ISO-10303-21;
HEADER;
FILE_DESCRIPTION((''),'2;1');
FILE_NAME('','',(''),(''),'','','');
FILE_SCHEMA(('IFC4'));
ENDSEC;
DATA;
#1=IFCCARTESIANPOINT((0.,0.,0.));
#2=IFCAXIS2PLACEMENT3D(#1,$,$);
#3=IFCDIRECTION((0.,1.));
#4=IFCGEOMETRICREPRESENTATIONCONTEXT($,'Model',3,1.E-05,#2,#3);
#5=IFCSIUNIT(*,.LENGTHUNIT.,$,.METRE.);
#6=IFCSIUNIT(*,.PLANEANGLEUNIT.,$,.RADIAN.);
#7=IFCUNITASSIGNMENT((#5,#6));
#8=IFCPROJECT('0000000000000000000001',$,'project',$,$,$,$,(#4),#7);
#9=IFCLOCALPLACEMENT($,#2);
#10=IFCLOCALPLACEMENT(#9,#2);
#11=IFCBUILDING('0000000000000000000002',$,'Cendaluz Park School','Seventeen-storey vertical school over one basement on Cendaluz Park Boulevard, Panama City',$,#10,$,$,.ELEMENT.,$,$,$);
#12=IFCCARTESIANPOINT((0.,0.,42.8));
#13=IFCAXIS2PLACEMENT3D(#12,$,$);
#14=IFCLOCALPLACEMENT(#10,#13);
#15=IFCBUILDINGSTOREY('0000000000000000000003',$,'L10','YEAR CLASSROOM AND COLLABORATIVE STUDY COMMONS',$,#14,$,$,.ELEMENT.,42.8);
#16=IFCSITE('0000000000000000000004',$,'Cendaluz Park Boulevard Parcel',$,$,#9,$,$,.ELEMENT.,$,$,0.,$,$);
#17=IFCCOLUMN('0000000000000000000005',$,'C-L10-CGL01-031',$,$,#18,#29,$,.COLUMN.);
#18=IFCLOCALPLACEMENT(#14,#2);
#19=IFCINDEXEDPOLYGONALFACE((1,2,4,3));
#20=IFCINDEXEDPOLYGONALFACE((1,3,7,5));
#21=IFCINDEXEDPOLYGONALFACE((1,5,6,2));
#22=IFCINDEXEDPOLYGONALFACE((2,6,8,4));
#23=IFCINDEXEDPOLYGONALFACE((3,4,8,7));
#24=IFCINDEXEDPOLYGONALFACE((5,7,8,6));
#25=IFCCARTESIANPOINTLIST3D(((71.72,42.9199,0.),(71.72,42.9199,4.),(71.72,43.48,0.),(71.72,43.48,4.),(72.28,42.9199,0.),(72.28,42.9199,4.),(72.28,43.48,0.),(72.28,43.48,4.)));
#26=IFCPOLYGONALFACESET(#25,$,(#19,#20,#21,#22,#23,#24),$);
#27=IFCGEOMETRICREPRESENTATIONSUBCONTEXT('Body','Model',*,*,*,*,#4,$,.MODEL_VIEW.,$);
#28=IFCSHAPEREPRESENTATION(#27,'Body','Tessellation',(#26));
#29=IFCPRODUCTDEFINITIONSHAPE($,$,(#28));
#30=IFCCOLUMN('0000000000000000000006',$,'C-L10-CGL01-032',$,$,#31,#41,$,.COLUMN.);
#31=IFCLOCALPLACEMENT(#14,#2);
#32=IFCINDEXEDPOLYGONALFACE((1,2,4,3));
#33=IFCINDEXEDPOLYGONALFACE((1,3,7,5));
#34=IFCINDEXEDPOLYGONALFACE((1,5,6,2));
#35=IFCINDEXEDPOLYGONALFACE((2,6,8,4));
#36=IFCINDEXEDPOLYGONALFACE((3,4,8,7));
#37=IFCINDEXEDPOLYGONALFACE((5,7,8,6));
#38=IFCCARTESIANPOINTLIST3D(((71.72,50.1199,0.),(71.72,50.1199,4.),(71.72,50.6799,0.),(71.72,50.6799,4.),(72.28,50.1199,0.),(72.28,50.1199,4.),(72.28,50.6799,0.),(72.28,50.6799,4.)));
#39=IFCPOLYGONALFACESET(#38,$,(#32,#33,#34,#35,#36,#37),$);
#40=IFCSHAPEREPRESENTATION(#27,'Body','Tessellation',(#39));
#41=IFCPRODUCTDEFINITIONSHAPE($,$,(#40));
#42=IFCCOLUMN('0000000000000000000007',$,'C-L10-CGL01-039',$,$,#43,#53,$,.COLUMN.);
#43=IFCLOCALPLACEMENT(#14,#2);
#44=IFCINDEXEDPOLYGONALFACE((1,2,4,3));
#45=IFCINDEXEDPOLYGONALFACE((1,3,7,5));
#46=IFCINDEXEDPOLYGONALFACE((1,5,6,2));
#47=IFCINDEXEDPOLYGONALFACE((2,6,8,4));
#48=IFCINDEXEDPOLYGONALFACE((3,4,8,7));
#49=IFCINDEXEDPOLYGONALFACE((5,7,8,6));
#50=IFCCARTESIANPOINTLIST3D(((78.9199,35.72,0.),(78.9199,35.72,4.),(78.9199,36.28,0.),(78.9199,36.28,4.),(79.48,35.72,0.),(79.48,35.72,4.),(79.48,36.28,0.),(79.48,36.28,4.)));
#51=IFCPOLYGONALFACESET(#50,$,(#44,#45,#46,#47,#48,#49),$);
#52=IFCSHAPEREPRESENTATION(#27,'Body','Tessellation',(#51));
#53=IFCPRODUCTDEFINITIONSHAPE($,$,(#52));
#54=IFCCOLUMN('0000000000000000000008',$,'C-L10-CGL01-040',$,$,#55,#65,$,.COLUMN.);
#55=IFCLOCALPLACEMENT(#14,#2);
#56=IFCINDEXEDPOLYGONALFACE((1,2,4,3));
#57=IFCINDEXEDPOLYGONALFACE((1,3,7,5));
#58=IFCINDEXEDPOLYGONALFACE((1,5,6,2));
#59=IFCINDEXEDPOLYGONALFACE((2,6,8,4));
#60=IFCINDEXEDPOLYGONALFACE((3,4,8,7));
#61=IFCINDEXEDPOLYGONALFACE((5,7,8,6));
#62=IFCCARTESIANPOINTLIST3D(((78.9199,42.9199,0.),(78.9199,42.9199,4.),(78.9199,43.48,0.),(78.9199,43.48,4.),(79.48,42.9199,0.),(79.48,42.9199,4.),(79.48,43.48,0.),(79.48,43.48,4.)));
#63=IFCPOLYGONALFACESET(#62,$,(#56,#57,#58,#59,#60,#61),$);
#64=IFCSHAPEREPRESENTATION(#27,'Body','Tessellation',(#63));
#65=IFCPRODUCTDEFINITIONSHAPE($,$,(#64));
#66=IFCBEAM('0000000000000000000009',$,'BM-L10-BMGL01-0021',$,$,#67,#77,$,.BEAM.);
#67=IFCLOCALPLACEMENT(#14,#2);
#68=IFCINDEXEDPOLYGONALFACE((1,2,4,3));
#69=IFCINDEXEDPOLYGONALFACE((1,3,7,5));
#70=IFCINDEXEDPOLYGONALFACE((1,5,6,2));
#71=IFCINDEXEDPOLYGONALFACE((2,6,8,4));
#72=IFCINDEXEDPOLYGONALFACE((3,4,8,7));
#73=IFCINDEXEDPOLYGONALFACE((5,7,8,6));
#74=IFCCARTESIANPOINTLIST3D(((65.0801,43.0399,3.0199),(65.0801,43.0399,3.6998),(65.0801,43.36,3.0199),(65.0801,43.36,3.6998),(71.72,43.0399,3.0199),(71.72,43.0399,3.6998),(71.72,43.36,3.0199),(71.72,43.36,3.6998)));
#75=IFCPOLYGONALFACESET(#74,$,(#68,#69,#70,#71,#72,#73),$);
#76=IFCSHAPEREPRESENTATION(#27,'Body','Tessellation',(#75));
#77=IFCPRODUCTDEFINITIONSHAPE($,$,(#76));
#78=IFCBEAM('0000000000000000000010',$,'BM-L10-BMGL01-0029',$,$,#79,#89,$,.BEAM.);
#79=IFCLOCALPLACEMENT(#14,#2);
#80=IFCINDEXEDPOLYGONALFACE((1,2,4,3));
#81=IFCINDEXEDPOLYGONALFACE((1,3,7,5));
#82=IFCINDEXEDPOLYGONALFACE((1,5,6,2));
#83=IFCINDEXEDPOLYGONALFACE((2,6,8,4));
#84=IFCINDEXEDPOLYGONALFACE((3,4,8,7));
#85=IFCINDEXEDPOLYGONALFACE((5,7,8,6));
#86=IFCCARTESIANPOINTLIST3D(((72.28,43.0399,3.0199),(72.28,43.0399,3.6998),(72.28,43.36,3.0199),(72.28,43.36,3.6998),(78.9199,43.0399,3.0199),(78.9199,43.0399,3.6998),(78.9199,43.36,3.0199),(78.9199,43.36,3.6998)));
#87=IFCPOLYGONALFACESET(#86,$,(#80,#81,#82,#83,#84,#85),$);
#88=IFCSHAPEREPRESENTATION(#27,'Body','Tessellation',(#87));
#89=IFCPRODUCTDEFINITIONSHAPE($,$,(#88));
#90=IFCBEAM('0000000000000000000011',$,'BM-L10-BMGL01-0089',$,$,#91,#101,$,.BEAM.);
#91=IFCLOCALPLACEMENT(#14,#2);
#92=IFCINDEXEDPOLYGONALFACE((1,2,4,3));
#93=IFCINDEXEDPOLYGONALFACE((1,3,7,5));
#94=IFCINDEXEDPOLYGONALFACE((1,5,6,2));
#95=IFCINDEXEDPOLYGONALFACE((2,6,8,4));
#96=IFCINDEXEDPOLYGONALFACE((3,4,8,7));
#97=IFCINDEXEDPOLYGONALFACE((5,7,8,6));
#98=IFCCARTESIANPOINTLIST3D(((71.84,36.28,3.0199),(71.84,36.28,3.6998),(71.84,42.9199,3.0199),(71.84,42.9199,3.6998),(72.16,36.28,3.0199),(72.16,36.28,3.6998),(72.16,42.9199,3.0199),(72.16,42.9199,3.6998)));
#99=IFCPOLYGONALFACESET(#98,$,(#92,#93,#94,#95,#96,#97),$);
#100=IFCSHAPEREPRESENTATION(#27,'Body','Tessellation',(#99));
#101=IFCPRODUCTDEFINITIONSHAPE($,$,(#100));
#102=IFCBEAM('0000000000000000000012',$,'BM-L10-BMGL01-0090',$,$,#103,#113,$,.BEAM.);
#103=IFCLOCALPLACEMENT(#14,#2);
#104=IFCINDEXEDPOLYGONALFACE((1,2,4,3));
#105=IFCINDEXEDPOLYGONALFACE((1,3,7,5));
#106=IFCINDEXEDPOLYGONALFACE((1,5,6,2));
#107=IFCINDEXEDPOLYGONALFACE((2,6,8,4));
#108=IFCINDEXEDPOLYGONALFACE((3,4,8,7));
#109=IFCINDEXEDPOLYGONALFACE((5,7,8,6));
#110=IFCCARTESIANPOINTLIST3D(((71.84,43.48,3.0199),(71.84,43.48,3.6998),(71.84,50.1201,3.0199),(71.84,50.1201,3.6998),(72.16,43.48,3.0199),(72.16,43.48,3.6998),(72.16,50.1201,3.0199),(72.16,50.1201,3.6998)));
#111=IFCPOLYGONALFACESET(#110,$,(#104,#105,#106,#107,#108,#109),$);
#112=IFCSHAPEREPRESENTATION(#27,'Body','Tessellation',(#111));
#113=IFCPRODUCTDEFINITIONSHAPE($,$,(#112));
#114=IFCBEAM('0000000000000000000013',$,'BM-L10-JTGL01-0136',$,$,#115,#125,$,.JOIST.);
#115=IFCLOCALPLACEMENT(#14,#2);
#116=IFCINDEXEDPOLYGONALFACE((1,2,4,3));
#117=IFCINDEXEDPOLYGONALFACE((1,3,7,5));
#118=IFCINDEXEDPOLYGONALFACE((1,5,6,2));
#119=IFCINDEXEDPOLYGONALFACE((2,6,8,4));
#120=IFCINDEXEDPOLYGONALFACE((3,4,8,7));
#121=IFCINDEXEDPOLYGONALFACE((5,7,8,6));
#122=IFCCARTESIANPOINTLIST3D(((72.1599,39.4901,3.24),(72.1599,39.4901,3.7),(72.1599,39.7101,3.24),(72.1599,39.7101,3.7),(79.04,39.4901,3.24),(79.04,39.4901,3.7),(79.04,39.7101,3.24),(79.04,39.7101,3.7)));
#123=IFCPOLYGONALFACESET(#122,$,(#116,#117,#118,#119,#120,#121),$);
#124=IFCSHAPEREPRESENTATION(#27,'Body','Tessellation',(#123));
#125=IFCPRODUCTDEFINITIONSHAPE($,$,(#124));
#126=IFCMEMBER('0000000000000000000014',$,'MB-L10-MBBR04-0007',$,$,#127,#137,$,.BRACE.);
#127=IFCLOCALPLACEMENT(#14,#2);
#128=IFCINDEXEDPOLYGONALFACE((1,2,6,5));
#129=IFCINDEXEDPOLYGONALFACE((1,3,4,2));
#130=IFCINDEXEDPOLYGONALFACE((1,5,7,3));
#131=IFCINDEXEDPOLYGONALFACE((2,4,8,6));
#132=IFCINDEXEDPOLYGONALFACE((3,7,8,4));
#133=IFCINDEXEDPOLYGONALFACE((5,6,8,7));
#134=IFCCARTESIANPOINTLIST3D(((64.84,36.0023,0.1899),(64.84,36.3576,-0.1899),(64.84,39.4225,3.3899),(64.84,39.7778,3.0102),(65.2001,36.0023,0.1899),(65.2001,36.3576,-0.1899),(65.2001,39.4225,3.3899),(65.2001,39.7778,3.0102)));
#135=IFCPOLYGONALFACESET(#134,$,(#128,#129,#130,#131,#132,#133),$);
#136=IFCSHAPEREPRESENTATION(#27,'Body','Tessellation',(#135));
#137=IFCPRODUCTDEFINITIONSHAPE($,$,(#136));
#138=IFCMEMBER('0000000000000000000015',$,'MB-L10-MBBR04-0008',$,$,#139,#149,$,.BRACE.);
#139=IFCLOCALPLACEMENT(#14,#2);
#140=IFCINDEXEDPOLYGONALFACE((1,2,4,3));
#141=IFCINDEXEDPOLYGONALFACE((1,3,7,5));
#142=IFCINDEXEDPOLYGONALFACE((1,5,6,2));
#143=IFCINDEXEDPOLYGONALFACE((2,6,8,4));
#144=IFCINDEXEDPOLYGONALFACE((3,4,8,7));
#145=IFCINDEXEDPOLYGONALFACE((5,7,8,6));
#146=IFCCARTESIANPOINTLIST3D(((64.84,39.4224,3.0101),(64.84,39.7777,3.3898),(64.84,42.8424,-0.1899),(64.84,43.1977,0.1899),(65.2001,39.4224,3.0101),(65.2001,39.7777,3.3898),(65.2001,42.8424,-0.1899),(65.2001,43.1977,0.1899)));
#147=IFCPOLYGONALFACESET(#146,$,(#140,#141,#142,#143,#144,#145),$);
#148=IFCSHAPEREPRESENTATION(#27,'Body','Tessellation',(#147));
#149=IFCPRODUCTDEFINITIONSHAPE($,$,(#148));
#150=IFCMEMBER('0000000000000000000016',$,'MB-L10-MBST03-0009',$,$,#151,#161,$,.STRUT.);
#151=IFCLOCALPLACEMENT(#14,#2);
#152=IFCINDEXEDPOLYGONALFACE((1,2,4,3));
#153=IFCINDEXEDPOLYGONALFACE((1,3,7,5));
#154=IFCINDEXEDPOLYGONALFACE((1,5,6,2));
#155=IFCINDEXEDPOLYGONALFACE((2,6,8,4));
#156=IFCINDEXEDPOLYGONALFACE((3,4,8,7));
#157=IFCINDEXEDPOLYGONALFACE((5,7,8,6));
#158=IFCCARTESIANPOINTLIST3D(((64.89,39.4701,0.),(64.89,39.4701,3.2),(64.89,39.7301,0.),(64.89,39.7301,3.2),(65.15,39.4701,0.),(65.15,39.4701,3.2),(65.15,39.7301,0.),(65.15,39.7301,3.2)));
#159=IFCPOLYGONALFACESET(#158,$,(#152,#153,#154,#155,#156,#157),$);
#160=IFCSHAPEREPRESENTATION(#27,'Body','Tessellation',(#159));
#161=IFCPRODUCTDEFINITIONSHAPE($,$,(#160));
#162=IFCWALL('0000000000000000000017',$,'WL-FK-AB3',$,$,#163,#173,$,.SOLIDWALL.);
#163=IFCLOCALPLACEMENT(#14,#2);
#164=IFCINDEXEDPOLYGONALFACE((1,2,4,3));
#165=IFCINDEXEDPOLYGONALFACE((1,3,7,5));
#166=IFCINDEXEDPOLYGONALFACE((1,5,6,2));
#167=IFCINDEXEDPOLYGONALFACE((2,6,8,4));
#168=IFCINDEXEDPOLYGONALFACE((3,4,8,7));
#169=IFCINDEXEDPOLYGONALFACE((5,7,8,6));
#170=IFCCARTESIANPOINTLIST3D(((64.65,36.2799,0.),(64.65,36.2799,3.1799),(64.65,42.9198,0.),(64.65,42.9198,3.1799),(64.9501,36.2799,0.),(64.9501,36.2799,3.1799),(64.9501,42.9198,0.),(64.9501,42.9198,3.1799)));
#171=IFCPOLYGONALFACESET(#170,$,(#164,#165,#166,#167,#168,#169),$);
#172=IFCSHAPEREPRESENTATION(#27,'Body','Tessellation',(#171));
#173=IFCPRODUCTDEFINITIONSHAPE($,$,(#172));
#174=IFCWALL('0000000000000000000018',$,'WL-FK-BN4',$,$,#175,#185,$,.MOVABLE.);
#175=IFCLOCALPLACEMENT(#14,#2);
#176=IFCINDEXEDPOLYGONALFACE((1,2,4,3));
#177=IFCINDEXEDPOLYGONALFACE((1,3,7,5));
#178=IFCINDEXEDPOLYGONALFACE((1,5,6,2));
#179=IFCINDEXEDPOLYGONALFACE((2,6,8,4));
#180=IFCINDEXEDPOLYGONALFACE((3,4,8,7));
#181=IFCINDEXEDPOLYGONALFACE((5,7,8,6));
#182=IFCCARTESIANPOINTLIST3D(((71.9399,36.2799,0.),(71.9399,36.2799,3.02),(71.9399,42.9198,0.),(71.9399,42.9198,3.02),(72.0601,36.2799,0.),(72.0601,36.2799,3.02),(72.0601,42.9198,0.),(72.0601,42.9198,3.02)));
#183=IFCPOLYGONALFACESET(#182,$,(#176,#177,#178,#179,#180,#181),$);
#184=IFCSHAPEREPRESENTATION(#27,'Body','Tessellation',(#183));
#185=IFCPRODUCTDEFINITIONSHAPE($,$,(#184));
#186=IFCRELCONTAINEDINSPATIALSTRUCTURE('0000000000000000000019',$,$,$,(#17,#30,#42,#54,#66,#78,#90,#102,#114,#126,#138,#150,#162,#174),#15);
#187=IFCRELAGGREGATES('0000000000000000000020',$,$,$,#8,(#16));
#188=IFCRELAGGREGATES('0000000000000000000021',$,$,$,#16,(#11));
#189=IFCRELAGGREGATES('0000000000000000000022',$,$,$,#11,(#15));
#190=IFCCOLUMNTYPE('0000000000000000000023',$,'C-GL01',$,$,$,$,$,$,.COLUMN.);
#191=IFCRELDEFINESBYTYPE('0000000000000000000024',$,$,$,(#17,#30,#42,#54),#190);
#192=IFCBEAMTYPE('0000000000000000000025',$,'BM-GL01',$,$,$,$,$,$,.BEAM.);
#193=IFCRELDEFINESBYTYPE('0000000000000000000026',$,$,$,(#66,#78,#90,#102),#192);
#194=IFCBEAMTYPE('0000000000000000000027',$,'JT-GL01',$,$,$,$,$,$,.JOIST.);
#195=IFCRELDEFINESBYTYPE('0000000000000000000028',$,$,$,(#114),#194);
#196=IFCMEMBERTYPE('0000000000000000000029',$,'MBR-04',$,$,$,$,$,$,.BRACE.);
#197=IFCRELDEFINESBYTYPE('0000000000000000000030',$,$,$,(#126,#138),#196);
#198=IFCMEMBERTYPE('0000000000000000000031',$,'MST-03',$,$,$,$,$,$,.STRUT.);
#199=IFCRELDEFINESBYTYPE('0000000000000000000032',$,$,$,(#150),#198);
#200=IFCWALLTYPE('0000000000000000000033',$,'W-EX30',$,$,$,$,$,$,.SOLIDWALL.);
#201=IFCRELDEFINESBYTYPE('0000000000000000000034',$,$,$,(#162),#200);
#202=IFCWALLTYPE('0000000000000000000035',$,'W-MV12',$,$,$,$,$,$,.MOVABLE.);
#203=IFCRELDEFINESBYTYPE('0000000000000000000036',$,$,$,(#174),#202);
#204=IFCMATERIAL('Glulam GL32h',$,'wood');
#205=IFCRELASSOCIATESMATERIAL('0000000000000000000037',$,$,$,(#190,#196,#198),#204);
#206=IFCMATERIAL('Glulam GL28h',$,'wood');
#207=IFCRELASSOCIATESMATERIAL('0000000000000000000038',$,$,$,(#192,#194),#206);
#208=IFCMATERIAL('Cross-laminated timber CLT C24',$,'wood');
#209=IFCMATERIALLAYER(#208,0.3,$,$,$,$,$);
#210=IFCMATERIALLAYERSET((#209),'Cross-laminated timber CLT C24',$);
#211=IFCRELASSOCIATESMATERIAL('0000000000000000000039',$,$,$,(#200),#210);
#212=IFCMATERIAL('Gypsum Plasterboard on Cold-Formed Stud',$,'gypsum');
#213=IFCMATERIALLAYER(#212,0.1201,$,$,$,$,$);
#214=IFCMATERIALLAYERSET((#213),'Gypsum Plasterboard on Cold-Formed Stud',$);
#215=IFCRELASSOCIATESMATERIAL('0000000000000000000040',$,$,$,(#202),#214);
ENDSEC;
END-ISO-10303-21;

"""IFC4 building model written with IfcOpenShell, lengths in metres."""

from ifc_helpers import new_model, si_unit, direction, frame, frame_2d, origin, origin_2d, place, context, subcontext, project, spatial, rectangle, extrude, material, layer, layer_set, material_profile, profile_set, type_object, element, save


model = new_model("IFC4")

# Units and contexts
model_context = context("Model", 3, precision=1e-05, world=origin(), true_north=direction((0.0, 1.0)))
body_context = subcontext(model_context, "Body", "Model", "MODEL_VIEW")
ifc_project = project(units=[si_unit("LENGTHUNIT", "METRE"), si_unit("PLANEANGLEUNIT", "RADIAN")], contexts=[model_context])

# Site, building, storey
site_placement = place(None, origin())
site = spatial("IfcSite", under=ifc_project, at=site_placement, Name="Cendaluz Park Boulevard Parcel", CompositionType="ELEMENT", RefElevation=0.0)
building_placement = place(site_placement, origin())
building = spatial("IfcBuilding", under=site, at=building_placement, Name="Cendaluz Park School", Description="Seventeen-storey vertical school over one basement on Cendaluz Park Boulevard, Panama City", CompositionType="ELEMENT")
storey_placement = place(building_placement, frame((0.0, 0.0, 42.8)))
storey = spatial("IfcBuildingStorey", under=building, at=storey_placement, Name="L10", Description="YEAR CLASSROOM AND COLLABORATIVE STUDY COMMONS", CompositionType="ELEMENT", Elevation=42.8)

# Columns
ifc_material_1 = material(Name="Glulam GL32h", Category="wood")
ifc_material_profile_1 = material_profile(ifc_material_1, rectangle(XDim=0.5601, YDim=0.5601, at=origin_2d()), Name="GL32h 560x560", Category="wood")
ifc_profile_set_1 = profile_set([ifc_material_profile_1], Name="Glulam GL32h")
column_type = type_object("IfcColumnType", Name="C-GL01", PredefinedType="COLUMN", material=ifc_profile_set_1)
for number, where, z_axis, x_axis, name in (
    (1, (72.0, 43.2, 0.0), (0.0, 0.0, 1.0), (1.0, 0.0, 0.0), "C-L10-CGL01-031"),
    (2, (72.0, 50.3999, 0.0), (0.0, 0.0, 1.0), (1.0, 0.0, 0.0), "C-L10-CGL01-032"),
    (3, (79.2, 36.0, 0.0), (0.0, 0.0, 1.0), (1.0, 0.0, 0.0), "C-L10-CGL01-039"),
    (4, (79.2, 43.2, 0.0), (0.0, 0.0, 1.0), (1.0, 0.0, 0.0), "C-L10-CGL01-040"),
):
    element("IfcColumn", number, at=place(storey_placement, frame(where, z_axis=z_axis, x_axis=x_axis)), inside=storey, type_object=column_type, Name=name, PredefinedType="COLUMN", context=body_context, shape_type="SweptSolid", body=[
        extrude(rectangle(XDim=0.5601, YDim=0.5601, at=origin_2d()), origin(), (0.0, 0.0, 1.0), 4.0),
    ])

# Beams
ifc_material_2 = material(Name="Glulam GL28h", Category="wood")
ifc_material_profile_2 = material_profile(ifc_material_2, rectangle(XDim=0.3201, YDim=0.6799, at=origin_2d()), Name="GL28h 320x680", Category="wood")
ifc_profile_set_2 = profile_set([ifc_material_profile_2], Name="Glulam GL28h")
beam_type_1 = type_object("IfcBeamType", Name="BM-GL01", PredefinedType="BEAM", material=ifc_profile_set_2)
for number, where, z_axis, x_axis, name in (
    (5, (65.0801, 43.2, 3.3599), (1.0, 0.0, 0.0), (0.0, 1.0, 0.0), "BM-L10-BMGL01-0021"),
    (6, (72.28, 43.2, 3.3599), (1.0, 0.0, 0.0), (0.0, 1.0, 0.0), "BM-L10-BMGL01-0029"),
    (7, (72.0, 36.28, 3.3599), (0.0, 1.0, 0.0), (-1.0, 0.0, 0.0), "BM-L10-BMGL01-0089"),
):
    element("IfcBeam", number, at=place(storey_placement, frame(where, z_axis=z_axis, x_axis=x_axis)), inside=storey, type_object=beam_type_1, Name=name, PredefinedType="BEAM", context=body_context, shape_type="SweptSolid", body=[
        extrude(rectangle(XDim=0.3201, YDim=0.6799, at=origin_2d()), origin(), (0.0, 0.0, 1.0), 6.6399),
    ])
beam_1_placement = place(storey_placement, frame((72.0, 43.48, 3.3599), z_axis=(0.0, 1.0, 0.0), x_axis=(-1.0, 0.0, 0.0)))
element("IfcBeam", 8, at=beam_1_placement, inside=storey, type_object=beam_type_1, Name="BM-L10-BMGL01-0090", PredefinedType="BEAM", context=body_context, shape_type="SweptSolid", body=[
    extrude(rectangle(XDim=0.3201, YDim=0.6799, at=origin_2d()), origin(), (0.0, 0.0, 1.0), 6.6401),
])
ifc_material_profile_3 = material_profile(ifc_material_2, rectangle(XDim=0.22, YDim=0.46, at=origin_2d()), Name="GL28h 220x460", Category="wood")
ifc_profile_set_3 = profile_set([ifc_material_profile_3], Name="Glulam GL28h")
beam_type_2 = type_object("IfcBeamType", Name="JT-GL01", PredefinedType="JOIST", material=ifc_profile_set_3)
beam_2_placement = place(storey_placement, frame((72.1599, 39.6001, 3.47), z_axis=(1.0, 0.0, 0.0), x_axis=(0.0, 1.0, 0.0)))
element("IfcBeam", 9, at=beam_2_placement, inside=storey, type_object=beam_type_2, Name="BM-L10-JTGL01-0136", PredefinedType="JOIST", context=body_context, shape_type="SweptSolid", body=[
    extrude(rectangle(XDim=0.22, YDim=0.46, at=origin_2d()), origin(), (0.0, 0.0, 1.0), 6.8801),
])

# Members
ifc_material_profile_4 = material_profile(ifc_material_1, rectangle(XDim=0.3601, YDim=0.52, at=origin_2d()), Name="GL32h 360x520", Category="wood")
ifc_profile_set_4 = profile_set([ifc_material_profile_4], Name="Glulam GL32h")
member_type_1 = type_object("IfcMemberType", Name="MBR-04", PredefinedType="BRACE", material=ifc_profile_set_4)
member_1_placement = place(storey_placement, frame((65.02, 36.1799, 0.0), z_axis=(0.0, 0.730224, 0.683207), x_axis=(-1.0, 0.0, 0.0)))
element("IfcMember", 10, at=member_1_placement, inside=storey, type_object=member_type_1, Name="MB-L10-MBBR04-0007", PredefinedType="BRACE", context=body_context, shape_type="SweptSolid", body=[
    extrude(rectangle(XDim=0.3601, YDim=0.52, at=origin_2d()), origin(), (0.0, 0.0, 1.0), 4.6838),
])
member_2_placement = place(storey_placement, frame((65.02, 43.02, 0.0), z_axis=(0.0, -0.7302, 0.683233), x_axis=(1.0, 0.0, 0.0)))
element("IfcMember", 11, at=member_2_placement, inside=storey, type_object=member_type_1, Name="MB-L10-MBBR04-0008", PredefinedType="BRACE", context=body_context, shape_type="SweptSolid", body=[
    extrude(rectangle(XDim=0.3601, YDim=0.52, at=origin_2d()), origin(), (0.0, 0.0, 1.0), 4.6836),
])
ifc_material_profile_5 = material_profile(ifc_material_1, rectangle(XDim=0.26, YDim=0.26, at=origin_2d()), Name="GL32h 260x260", Category="wood")
ifc_profile_set_5 = profile_set([ifc_material_profile_5], Name="Glulam GL32h")
member_type_2 = type_object("IfcMemberType", Name="MST-03", PredefinedType="STRUT", material=ifc_profile_set_5)
member_3_placement = place(storey_placement, frame((65.02, 39.6001, 0.0), z_axis=(0.0, 0.0, 1.0), x_axis=(1.0, 0.0, 0.0)))
element("IfcMember", 12, at=member_3_placement, inside=storey, type_object=member_type_2, Name="MB-L10-MBST03-0009", PredefinedType="STRUT", context=body_context, shape_type="SweptSolid", body=[
    extrude(rectangle(XDim=0.26, YDim=0.26, at=origin_2d()), origin(), (0.0, 0.0, 1.0), 3.2),
])

# Wall
ifc_material_3 = material(Name="Cross-laminated timber CLT C24", Category="wood")
ifc_layer_1 = layer(ifc_material_3, 0.3)
ifc_layer_set_1 = layer_set([ifc_layer_1], Name="Cross-laminated timber CLT C24")
wall_type_1 = type_object("IfcWallType", Name="W-EX30", PredefinedType="SOLIDWALL", material=ifc_layer_set_1)
wall_1_placement = place(storey_placement, frame((64.8, 36.28, 0.0), z_axis=(0.0, 0.0, 1.0), x_axis=(0.0, 1.0, 0.0)))
element("IfcWall", 13, at=wall_1_placement, inside=storey, type_object=wall_type_1, Name="WL-FK-AB3", PredefinedType="SOLIDWALL", context=body_context, shape_type="SweptSolid", body=[
    extrude(rectangle(XDim=6.6399, YDim=0.3, at=frame_2d((3.3198, 0.0))), origin(), (0.0, 0.0, 1.0), 3.1799),
])

# Wall
ifc_material_4 = material(Name="Gypsum Plasterboard on Cold-Formed Stud", Category="gypsum")
ifc_layer_2 = layer(ifc_material_4, 0.1201)
ifc_layer_set_2 = layer_set([ifc_layer_2], Name="Gypsum Plasterboard on Cold-Formed Stud")
wall_type_2 = type_object("IfcWallType", Name="W-MV12", PredefinedType="MOVABLE", material=ifc_layer_set_2)
wall_2_placement = place(storey_placement, frame((72.0, 36.28, 0.0), z_axis=(0.0, 0.0, 1.0), x_axis=(0.0, 1.0, 0.0)))
element("IfcWall", 14, at=wall_2_placement, inside=storey, type_object=wall_type_2, Name="WL-FK-BN4", PredefinedType="MOVABLE", context=body_context, shape_type="SweptSolid", body=[
    extrude(rectangle(XDim=6.6399, YDim=0.1201, at=frame_2d((3.3198, 0.0))), origin(), (0.0, 0.0, 1.0), 3.02),
])

save(model, "model.ifc")
